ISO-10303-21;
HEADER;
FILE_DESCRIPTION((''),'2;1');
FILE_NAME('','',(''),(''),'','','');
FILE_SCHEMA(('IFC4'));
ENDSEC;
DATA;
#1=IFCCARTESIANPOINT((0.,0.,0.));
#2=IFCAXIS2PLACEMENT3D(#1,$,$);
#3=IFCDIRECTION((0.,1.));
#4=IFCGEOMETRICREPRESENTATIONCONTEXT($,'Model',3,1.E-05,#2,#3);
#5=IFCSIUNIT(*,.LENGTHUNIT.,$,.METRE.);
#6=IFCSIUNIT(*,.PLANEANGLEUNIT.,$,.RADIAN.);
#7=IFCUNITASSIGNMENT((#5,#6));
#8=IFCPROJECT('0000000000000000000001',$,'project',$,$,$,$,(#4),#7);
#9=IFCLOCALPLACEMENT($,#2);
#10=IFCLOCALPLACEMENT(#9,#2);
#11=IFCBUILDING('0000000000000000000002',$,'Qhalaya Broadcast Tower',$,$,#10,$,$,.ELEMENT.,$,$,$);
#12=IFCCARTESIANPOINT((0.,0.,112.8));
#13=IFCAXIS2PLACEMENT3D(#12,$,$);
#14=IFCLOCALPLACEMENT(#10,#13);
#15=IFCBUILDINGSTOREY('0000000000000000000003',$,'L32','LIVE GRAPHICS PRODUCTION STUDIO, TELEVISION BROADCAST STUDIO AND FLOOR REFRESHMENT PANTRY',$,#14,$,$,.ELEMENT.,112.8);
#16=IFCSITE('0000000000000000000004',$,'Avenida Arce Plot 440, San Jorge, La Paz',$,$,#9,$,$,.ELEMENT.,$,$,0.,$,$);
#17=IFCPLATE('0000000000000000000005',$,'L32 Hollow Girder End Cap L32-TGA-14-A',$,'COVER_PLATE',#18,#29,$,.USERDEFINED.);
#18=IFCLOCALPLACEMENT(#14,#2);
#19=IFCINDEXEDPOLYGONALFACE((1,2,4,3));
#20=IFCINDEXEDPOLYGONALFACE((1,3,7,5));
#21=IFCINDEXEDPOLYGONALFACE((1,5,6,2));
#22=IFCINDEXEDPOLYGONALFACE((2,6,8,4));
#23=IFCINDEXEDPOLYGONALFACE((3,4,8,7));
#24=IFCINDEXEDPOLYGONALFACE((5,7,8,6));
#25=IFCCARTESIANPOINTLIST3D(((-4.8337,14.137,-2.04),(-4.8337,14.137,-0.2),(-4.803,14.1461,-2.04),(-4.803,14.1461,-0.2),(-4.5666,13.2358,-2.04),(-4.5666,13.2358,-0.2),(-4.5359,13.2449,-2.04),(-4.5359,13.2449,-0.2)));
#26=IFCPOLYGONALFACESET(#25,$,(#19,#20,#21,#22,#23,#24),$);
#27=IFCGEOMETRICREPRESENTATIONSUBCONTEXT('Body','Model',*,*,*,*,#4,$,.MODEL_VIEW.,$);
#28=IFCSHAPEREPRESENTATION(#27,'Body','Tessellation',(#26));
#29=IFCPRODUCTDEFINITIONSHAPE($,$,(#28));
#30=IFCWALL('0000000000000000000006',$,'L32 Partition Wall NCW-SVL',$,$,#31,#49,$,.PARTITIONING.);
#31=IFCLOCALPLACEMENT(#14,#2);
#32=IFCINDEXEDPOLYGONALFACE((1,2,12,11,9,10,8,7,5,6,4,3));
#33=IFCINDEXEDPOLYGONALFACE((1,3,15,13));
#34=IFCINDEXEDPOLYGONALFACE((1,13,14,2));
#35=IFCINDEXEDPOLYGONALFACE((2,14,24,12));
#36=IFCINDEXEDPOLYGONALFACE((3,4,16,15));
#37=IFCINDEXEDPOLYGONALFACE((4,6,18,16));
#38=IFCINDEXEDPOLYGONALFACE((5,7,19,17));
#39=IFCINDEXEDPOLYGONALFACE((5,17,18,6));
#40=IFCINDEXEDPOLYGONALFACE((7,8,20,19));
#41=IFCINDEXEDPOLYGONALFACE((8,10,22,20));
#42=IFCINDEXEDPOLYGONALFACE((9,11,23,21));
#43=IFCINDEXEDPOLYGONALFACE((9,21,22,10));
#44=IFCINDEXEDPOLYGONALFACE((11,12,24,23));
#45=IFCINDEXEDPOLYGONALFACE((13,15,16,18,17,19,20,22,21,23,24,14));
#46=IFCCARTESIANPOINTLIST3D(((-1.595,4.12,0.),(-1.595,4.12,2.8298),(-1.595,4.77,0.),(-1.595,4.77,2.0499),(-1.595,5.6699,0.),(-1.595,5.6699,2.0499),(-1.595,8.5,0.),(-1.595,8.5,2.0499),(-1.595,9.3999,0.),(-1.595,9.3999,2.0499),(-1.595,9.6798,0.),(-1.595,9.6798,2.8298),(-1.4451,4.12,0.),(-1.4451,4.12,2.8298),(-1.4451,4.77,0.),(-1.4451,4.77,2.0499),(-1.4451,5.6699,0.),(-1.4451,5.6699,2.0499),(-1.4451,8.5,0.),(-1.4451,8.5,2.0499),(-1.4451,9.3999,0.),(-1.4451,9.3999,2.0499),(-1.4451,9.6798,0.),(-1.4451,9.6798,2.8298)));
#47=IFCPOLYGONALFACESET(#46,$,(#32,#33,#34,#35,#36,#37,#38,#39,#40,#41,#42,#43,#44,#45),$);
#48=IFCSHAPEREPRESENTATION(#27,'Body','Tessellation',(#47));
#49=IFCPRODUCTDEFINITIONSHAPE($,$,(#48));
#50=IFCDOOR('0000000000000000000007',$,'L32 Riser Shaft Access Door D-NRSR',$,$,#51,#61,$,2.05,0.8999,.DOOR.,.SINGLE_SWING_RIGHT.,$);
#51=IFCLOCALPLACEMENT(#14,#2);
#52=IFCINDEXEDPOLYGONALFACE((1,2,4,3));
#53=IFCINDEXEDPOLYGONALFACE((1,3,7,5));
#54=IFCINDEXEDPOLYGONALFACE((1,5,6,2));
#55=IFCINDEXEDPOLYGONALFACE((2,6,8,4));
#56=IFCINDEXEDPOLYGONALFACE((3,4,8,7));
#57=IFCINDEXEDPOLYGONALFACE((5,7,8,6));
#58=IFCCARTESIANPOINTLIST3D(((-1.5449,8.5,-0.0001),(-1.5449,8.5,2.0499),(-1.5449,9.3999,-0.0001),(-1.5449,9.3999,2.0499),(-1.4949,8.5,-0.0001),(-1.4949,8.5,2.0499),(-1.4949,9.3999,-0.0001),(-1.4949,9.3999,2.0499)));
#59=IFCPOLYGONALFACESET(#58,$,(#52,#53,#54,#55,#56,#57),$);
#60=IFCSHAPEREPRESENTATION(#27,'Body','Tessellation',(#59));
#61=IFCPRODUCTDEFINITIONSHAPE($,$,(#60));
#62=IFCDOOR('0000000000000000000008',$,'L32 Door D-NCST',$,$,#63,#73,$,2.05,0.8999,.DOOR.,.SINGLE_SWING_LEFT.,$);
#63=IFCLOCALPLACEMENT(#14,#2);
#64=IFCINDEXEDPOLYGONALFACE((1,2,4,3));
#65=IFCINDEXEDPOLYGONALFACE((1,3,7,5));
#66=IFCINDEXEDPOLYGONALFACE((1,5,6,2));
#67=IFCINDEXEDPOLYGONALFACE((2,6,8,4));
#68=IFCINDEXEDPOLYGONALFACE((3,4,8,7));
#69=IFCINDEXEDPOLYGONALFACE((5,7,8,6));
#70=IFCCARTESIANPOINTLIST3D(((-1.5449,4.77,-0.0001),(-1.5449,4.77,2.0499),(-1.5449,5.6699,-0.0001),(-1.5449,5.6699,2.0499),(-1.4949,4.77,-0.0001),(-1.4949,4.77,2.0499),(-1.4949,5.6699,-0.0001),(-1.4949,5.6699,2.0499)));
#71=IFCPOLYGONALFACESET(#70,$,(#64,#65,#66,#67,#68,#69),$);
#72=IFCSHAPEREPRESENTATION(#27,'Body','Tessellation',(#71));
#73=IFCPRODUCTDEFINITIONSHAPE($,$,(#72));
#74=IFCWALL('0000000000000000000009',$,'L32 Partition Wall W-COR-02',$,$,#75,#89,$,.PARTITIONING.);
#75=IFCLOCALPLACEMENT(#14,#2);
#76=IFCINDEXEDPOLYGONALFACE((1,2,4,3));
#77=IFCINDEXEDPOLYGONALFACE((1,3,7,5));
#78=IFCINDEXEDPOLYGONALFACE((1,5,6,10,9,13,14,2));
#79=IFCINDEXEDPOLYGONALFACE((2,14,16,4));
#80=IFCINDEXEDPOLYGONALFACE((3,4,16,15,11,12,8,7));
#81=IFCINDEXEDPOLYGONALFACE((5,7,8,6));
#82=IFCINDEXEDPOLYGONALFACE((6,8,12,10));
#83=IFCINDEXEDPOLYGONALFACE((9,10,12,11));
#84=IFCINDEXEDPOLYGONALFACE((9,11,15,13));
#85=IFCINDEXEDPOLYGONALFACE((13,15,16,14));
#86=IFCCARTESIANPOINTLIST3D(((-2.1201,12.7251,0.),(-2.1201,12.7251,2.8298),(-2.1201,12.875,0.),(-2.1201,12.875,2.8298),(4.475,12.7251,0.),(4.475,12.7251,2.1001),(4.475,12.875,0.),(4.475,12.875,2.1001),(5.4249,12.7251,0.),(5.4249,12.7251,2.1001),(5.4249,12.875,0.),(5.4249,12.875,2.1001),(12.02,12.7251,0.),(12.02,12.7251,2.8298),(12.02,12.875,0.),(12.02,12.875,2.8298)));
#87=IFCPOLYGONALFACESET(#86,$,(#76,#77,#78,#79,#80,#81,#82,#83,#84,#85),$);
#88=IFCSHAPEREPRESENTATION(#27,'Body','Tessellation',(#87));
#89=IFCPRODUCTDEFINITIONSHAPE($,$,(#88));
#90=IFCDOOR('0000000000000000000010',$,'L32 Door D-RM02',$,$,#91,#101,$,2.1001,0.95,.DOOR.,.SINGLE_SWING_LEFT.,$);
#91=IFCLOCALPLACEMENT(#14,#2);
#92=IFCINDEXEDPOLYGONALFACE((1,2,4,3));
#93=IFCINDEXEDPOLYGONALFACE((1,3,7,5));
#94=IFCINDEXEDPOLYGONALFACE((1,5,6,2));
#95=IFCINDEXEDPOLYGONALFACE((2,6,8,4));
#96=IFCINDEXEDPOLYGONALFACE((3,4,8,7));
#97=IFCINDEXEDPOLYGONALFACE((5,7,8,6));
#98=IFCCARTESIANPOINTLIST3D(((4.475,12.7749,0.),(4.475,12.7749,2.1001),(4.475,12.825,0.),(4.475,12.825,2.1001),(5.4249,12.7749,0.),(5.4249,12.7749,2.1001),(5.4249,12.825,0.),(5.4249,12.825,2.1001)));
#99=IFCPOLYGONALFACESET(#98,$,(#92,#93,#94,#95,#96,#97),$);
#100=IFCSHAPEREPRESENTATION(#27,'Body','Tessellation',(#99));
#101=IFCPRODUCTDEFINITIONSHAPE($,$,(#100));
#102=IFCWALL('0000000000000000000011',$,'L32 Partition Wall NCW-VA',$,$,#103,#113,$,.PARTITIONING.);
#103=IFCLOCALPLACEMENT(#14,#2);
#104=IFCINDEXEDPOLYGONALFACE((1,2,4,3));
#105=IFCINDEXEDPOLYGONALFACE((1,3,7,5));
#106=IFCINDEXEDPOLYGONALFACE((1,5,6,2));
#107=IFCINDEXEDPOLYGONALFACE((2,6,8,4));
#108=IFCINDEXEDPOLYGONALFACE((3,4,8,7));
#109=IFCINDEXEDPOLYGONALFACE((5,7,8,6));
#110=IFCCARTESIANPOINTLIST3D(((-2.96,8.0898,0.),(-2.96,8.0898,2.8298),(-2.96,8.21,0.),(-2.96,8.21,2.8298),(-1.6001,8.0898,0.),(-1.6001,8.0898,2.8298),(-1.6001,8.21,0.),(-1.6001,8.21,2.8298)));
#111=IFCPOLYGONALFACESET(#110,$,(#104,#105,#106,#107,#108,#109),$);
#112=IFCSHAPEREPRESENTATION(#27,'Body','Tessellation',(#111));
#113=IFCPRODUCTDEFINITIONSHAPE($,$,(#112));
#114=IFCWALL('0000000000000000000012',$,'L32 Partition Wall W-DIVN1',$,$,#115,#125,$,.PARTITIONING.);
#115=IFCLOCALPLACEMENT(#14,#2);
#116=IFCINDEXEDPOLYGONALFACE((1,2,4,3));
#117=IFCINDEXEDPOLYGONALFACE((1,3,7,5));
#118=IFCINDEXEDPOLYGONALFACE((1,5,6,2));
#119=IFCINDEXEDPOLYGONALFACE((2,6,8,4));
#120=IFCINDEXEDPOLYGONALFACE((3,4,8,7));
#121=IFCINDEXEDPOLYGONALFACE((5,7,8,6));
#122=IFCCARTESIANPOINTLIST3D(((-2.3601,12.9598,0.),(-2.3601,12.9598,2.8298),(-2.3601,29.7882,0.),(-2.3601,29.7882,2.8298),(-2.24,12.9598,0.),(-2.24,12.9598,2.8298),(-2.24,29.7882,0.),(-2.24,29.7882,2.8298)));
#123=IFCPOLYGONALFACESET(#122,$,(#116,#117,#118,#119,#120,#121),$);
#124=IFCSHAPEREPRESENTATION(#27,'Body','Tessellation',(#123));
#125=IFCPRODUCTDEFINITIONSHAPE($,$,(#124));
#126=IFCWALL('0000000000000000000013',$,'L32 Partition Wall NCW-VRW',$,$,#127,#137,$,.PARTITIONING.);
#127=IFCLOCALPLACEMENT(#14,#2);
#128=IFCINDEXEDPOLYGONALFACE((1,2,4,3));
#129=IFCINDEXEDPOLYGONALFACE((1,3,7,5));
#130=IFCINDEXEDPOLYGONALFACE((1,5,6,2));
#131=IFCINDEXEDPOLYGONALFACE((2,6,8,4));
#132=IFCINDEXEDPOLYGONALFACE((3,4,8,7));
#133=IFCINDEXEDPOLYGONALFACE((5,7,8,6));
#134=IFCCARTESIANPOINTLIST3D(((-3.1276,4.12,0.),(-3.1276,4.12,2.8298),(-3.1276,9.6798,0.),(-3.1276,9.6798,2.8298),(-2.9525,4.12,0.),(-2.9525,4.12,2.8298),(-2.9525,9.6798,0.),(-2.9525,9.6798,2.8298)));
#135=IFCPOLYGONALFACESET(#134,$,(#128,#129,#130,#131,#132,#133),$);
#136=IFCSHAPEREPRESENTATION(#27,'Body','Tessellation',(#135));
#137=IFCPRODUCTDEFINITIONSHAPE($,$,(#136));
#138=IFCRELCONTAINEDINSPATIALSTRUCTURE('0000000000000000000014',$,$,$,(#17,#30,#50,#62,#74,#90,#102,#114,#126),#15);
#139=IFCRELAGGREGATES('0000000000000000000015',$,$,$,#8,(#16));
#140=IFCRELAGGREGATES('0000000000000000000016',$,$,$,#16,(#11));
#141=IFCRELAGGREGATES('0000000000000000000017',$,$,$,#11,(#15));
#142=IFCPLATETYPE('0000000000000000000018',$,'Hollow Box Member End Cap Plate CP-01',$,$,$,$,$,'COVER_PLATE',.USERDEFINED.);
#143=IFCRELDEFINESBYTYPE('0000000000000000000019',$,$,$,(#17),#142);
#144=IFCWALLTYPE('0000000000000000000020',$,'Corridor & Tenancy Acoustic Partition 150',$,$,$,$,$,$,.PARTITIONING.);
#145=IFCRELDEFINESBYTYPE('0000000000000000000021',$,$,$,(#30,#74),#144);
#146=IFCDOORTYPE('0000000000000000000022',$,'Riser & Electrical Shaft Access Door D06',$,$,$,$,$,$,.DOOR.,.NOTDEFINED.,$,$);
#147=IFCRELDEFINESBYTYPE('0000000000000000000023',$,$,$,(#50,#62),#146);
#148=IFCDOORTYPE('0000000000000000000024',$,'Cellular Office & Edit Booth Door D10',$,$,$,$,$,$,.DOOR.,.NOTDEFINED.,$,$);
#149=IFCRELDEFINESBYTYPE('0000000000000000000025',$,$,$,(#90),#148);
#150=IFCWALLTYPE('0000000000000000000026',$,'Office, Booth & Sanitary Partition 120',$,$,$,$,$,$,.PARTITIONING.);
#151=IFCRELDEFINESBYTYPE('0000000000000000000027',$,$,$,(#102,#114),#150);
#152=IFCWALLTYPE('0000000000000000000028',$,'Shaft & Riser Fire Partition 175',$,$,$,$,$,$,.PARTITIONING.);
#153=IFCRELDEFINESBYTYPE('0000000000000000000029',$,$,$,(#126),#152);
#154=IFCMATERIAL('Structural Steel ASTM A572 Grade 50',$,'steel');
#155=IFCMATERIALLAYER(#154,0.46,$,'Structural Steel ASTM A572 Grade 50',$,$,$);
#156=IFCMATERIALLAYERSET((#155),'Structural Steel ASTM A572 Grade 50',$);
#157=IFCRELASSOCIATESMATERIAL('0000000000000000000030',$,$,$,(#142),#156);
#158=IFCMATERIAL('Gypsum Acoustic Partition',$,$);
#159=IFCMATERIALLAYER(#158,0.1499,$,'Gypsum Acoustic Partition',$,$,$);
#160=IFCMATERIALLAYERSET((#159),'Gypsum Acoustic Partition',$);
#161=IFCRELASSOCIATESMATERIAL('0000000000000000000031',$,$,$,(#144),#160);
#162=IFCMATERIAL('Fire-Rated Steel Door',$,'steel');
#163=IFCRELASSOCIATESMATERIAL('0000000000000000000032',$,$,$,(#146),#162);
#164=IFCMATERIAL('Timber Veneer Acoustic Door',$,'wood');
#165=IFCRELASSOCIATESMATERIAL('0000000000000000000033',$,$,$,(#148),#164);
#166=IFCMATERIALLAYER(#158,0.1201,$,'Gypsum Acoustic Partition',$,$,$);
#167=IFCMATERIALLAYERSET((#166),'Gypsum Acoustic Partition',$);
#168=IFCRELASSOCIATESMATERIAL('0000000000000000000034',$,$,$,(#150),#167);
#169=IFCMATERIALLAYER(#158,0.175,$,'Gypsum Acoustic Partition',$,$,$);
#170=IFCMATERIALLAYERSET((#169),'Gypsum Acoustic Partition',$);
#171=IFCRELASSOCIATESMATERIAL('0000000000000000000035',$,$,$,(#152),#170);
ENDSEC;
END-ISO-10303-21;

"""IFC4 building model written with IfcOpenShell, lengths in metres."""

from ifc_helpers import new_model, si_unit, direction, frame, frame_2d, origin, origin_2d, place, context, subcontext, project, spatial, rectangle, extrude, material, layer, layer_set, type_object, element, fill, save


model = new_model("IFC4")

# Units and contexts
model_context = context("Model", 3, precision=1e-05, world=origin(), true_north=direction((0.0, 1.0)))
body_context = subcontext(model_context, "Body", "Model", "MODEL_VIEW")
ifc_project = project(units=[si_unit("LENGTHUNIT", "METRE"), si_unit("PLANEANGLEUNIT", "RADIAN")], contexts=[model_context])

# Site, building, storey
site_placement = place(None, origin())
site = spatial("IfcSite", under=ifc_project, at=site_placement, Name="Avenida Arce Plot 440, San Jorge, La Paz", CompositionType="ELEMENT", RefElevation=0.0)
building_placement = place(site_placement, origin())
building = spatial("IfcBuilding", under=site, at=building_placement, Name="Qhalaya Broadcast Tower", CompositionType="ELEMENT")
storey_placement = place(building_placement, frame((0.0, 0.0, 112.8)))
storey = spatial("IfcBuildingStorey", under=building, at=storey_placement, Name="L32", Description="LIVE GRAPHICS PRODUCTION STUDIO, TELEVISION BROADCAST STUDIO AND FLOOR REFRESHMENT PANTRY", CompositionType="ELEMENT", Elevation=112.8)

# Shared definitions
ifc_material_1 = material(Name="Structural Steel ASTM A572 Grade 50", Category="steel")

# Plate
ifc_layer_1 = layer(ifc_material_1, 0.46, Name="Structural Steel ASTM A572 Grade 50")
ifc_layer_set_1 = layer_set([ifc_layer_1], Name="Structural Steel ASTM A572 Grade 50")
plate_type = type_object("IfcPlateType", Name="Hollow Box Member End Cap Plate CP-01", ElementType="COVER_PLATE", PredefinedType="USERDEFINED", material=ifc_layer_set_1)
for number, where, z_axis, x_axis, name in (
    (1, (-4.6848, 13.6909, -2.04), (0.0, 0.0, 1.0), (0.284149, -0.95878, 0.0), "L32 Hollow Girder End Cap L32-TGA-14-A"),
):
    element("IfcPlate", number, at=place(storey_placement, frame(where, z_axis=z_axis, x_axis=x_axis)), inside=storey, type_object=plate_type, Name=name, ObjectType="COVER_PLATE", PredefinedType="USERDEFINED", context=body_context, shape_type="SweptSolid", body=[
        extrude(rectangle(XDim=0.9399, YDim=0.032, at=origin_2d()), origin(), (0.0, 0.0, 1.0), 1.8401),
    ])

# Wall, openings, doors
ifc_material_2 = material(Name="Gypsum Acoustic Partition")
ifc_layer_2 = layer(ifc_material_2, 0.1499, Name="Gypsum Acoustic Partition")
ifc_layer_set_2 = layer_set([ifc_layer_2], Name="Gypsum Acoustic Partition")
wall_type_1 = type_object("IfcWallType", Name="Corridor & Tenancy Acoustic Partition 150", PredefinedType="PARTITIONING", material=ifc_layer_set_2)
wall_1_placement = place(storey_placement, frame((-1.52, 4.1201, 0.0), z_axis=(0.0, 0.0, 1.0), x_axis=(0.0, 1.0, 0.0)))
wall_1 = element("IfcWall", 2, at=wall_1_placement, inside=storey, type_object=wall_type_1, Name="L32 Partition Wall NCW-SVL", PredefinedType="PARTITIONING", context=body_context, shape_type="SweptSolid", body=[
    extrude(rectangle(XDim=5.5598, YDim=0.1499, at=frame_2d((2.7798, 0.0))), origin(), (0.0, 0.0, 1.0), 2.8298),
])
opening_1_placement = place(wall_1_placement, frame((4.3799, 0.0, 0.0)))
opening_1 = element("IfcOpeningElement", 3, at=opening_1_placement, cuts=wall_1, PredefinedType="OPENING", context=body_context, shape_type="SweptSolid", body=[
    extrude(rectangle(XDim=0.8999, YDim=2.05, at=frame_2d((0.45, 1.0249))), frame((0.0, 0.0869, 0.0), z_axis=(0.0, -1.0, 0.0), x_axis=(1.0, 0.0, 0.0)), (0.0, 0.0, 1.0), 0.1738),
])
opening_2_placement = place(wall_1_placement, frame((0.6499, 0.0, 0.0)))
opening_2 = element("IfcOpeningElement", 4, at=opening_2_placement, cuts=wall_1, PredefinedType="OPENING", context=body_context, shape_type="SweptSolid", body=[
    extrude(rectangle(XDim=0.8999, YDim=2.05, at=frame_2d((0.45, 1.0249))), frame((0.0, 0.0869, 0.0), z_axis=(0.0, -1.0, 0.0), x_axis=(1.0, 0.0, 0.0)), (0.0, 0.0, 1.0), 0.1738),
])
ifc_material_3 = material(Name="Fire-Rated Steel Door", Category="steel")
door_type_1 = type_object("IfcDoorType", Name="Riser & Electrical Shaft Access Door D06", OperationType="NOTDEFINED", PredefinedType="DOOR", material=ifc_material_3)
door_1_placement = place(opening_1_placement, origin())
door_1 = element("IfcDoor", 5, at=door_1_placement, inside=storey, type_object=door_type_1, Name="L32 Riser Shaft Access Door D-NRSR", OperationType="SINGLE_SWING_RIGHT", OverallHeight=2.05, OverallWidth=0.8999, PredefinedType="DOOR", context=body_context, shape_type="SweptSolid", body=[
    extrude(rectangle(XDim=0.8999, YDim=2.05, at=frame_2d((0.45, 1.0249))), frame((0.0, 0.0249, 0.0), z_axis=(0.0, -1.0, 0.0), x_axis=(1.0, 0.0, 0.0)), (0.0, 0.0, 1.0), 0.05),
])
fill(opening_1, door_1)
door_2_placement = place(opening_2_placement, origin())
door_2 = element("IfcDoor", 6, at=door_2_placement, inside=storey, type_object=door_type_1, Name="L32 Door D-NCST", OperationType="SINGLE_SWING_LEFT", OverallHeight=2.05, OverallWidth=0.8999, PredefinedType="DOOR", context=body_context, shape_type="SweptSolid", body=[
    extrude(rectangle(XDim=0.8999, YDim=2.05, at=frame_2d((0.45, 1.0249))), frame((0.0, 0.0249, 0.0), z_axis=(0.0, -1.0, 0.0), x_axis=(1.0, 0.0, 0.0)), (0.0, 0.0, 1.0), 0.05),
])
fill(opening_2, door_2)

# Wall, opening, door
wall_2_placement = place(storey_placement, frame((-2.1201, 12.8, 0.0), z_axis=(0.0, 0.0, 1.0), x_axis=(1.0, 0.0, 0.0)))
wall_2 = element("IfcWall", 7, at=wall_2_placement, inside=storey, type_object=wall_type_1, Name="L32 Partition Wall W-COR-02", PredefinedType="PARTITIONING", context=body_context, shape_type="SweptSolid", body=[
    extrude(rectangle(XDim=14.1401, YDim=0.1499, at=frame_2d((7.0701, 0.0))), origin(), (0.0, 0.0, 1.0), 2.8298),
])
opening_3_placement = place(wall_2_placement, frame((6.595, 0.0, 0.0)))
opening_3 = element("IfcOpeningElement", 8, at=opening_3_placement, cuts=wall_2, PredefinedType="OPENING", context=body_context, shape_type="SweptSolid", body=[
    extrude(rectangle(XDim=0.95, YDim=2.1001, at=frame_2d((0.4751, 1.05))), frame((0.0, 0.0869, 0.0), z_axis=(0.0, -1.0, 0.0), x_axis=(1.0, 0.0, 0.0)), (0.0, 0.0, 1.0), 0.1738),
])
ifc_material_4 = material(Name="Timber Veneer Acoustic Door", Category="wood")
door_type_2 = type_object("IfcDoorType", Name="Cellular Office & Edit Booth Door D10", OperationType="NOTDEFINED", PredefinedType="DOOR", material=ifc_material_4)
door_3_placement = place(opening_3_placement, origin())
door_3 = element("IfcDoor", 9, at=door_3_placement, inside=storey, type_object=door_type_2, Name="L32 Door D-RM02", OperationType="SINGLE_SWING_LEFT", OverallHeight=2.1001, OverallWidth=0.95, PredefinedType="DOOR", context=body_context, shape_type="SweptSolid", body=[
    extrude(rectangle(XDim=0.95, YDim=2.1001, at=frame_2d((0.4751, 1.05))), frame((0.0, 0.0249, 0.0), z_axis=(0.0, -1.0, 0.0), x_axis=(1.0, 0.0, 0.0)), (0.0, 0.0, 1.0), 0.05),
])
fill(opening_3, door_3)

# Walls
ifc_layer_3 = layer(ifc_material_2, 0.1201, Name="Gypsum Acoustic Partition")
ifc_layer_set_3 = layer_set([ifc_layer_3], Name="Gypsum Acoustic Partition")
wall_type_2 = type_object("IfcWallType", Name="Office, Booth & Sanitary Partition 120", PredefinedType="PARTITIONING", material=ifc_layer_set_3)
wall_3_placement = place(storey_placement, frame((-2.96, 8.1499, 0.0), z_axis=(0.0, 0.0, 1.0), x_axis=(1.0, 0.0, 0.0)))
element("IfcWall", 10, at=wall_3_placement, inside=storey, type_object=wall_type_2, Name="L32 Partition Wall NCW-VA", PredefinedType="PARTITIONING", context=body_context, shape_type="SweptSolid", body=[
    extrude(rectangle(XDim=1.3599, YDim=0.1201, at=frame_2d((0.6799, 0.0))), origin(), (0.0, 0.0, 1.0), 2.8298),
])
wall_4_placement = place(storey_placement, frame((-2.3, 12.96, 0.0), z_axis=(0.0, 0.0, 1.0), x_axis=(0.0, 1.0, 0.0)))
element("IfcWall", 11, at=wall_4_placement, inside=storey, type_object=wall_type_2, Name="L32 Partition Wall W-DIVN1", PredefinedType="PARTITIONING", context=body_context, shape_type="SweptSolid", body=[
    extrude(rectangle(XDim=16.8284, YDim=0.1201, at=frame_2d((8.4141, 0.0))), origin(), (0.0, 0.0, 1.0), 2.8298),
])
ifc_layer_4 = layer(ifc_material_2, 0.175, Name="Gypsum Acoustic Partition")
ifc_layer_set_4 = layer_set([ifc_layer_4], Name="Gypsum Acoustic Partition")
wall_type_3 = type_object("IfcWallType", Name="Shaft & Riser Fire Partition 175", PredefinedType="PARTITIONING", material=ifc_layer_set_4)
wall_5_placement = place(storey_placement, frame((-3.04, 4.1201, 0.0), z_axis=(0.0, 0.0, 1.0), x_axis=(0.0, 1.0, 0.0)))
element("IfcWall", 12, at=wall_5_placement, inside=storey, type_object=wall_type_3, Name="L32 Partition Wall NCW-VRW", PredefinedType="PARTITIONING", context=body_context, shape_type="SweptSolid", body=[
    extrude(rectangle(XDim=5.5598, YDim=0.175, at=frame_2d((2.7798, 0.0))), origin(), (0.0, 0.0, 1.0), 2.8298),
])

save(model, "model.ifc")
